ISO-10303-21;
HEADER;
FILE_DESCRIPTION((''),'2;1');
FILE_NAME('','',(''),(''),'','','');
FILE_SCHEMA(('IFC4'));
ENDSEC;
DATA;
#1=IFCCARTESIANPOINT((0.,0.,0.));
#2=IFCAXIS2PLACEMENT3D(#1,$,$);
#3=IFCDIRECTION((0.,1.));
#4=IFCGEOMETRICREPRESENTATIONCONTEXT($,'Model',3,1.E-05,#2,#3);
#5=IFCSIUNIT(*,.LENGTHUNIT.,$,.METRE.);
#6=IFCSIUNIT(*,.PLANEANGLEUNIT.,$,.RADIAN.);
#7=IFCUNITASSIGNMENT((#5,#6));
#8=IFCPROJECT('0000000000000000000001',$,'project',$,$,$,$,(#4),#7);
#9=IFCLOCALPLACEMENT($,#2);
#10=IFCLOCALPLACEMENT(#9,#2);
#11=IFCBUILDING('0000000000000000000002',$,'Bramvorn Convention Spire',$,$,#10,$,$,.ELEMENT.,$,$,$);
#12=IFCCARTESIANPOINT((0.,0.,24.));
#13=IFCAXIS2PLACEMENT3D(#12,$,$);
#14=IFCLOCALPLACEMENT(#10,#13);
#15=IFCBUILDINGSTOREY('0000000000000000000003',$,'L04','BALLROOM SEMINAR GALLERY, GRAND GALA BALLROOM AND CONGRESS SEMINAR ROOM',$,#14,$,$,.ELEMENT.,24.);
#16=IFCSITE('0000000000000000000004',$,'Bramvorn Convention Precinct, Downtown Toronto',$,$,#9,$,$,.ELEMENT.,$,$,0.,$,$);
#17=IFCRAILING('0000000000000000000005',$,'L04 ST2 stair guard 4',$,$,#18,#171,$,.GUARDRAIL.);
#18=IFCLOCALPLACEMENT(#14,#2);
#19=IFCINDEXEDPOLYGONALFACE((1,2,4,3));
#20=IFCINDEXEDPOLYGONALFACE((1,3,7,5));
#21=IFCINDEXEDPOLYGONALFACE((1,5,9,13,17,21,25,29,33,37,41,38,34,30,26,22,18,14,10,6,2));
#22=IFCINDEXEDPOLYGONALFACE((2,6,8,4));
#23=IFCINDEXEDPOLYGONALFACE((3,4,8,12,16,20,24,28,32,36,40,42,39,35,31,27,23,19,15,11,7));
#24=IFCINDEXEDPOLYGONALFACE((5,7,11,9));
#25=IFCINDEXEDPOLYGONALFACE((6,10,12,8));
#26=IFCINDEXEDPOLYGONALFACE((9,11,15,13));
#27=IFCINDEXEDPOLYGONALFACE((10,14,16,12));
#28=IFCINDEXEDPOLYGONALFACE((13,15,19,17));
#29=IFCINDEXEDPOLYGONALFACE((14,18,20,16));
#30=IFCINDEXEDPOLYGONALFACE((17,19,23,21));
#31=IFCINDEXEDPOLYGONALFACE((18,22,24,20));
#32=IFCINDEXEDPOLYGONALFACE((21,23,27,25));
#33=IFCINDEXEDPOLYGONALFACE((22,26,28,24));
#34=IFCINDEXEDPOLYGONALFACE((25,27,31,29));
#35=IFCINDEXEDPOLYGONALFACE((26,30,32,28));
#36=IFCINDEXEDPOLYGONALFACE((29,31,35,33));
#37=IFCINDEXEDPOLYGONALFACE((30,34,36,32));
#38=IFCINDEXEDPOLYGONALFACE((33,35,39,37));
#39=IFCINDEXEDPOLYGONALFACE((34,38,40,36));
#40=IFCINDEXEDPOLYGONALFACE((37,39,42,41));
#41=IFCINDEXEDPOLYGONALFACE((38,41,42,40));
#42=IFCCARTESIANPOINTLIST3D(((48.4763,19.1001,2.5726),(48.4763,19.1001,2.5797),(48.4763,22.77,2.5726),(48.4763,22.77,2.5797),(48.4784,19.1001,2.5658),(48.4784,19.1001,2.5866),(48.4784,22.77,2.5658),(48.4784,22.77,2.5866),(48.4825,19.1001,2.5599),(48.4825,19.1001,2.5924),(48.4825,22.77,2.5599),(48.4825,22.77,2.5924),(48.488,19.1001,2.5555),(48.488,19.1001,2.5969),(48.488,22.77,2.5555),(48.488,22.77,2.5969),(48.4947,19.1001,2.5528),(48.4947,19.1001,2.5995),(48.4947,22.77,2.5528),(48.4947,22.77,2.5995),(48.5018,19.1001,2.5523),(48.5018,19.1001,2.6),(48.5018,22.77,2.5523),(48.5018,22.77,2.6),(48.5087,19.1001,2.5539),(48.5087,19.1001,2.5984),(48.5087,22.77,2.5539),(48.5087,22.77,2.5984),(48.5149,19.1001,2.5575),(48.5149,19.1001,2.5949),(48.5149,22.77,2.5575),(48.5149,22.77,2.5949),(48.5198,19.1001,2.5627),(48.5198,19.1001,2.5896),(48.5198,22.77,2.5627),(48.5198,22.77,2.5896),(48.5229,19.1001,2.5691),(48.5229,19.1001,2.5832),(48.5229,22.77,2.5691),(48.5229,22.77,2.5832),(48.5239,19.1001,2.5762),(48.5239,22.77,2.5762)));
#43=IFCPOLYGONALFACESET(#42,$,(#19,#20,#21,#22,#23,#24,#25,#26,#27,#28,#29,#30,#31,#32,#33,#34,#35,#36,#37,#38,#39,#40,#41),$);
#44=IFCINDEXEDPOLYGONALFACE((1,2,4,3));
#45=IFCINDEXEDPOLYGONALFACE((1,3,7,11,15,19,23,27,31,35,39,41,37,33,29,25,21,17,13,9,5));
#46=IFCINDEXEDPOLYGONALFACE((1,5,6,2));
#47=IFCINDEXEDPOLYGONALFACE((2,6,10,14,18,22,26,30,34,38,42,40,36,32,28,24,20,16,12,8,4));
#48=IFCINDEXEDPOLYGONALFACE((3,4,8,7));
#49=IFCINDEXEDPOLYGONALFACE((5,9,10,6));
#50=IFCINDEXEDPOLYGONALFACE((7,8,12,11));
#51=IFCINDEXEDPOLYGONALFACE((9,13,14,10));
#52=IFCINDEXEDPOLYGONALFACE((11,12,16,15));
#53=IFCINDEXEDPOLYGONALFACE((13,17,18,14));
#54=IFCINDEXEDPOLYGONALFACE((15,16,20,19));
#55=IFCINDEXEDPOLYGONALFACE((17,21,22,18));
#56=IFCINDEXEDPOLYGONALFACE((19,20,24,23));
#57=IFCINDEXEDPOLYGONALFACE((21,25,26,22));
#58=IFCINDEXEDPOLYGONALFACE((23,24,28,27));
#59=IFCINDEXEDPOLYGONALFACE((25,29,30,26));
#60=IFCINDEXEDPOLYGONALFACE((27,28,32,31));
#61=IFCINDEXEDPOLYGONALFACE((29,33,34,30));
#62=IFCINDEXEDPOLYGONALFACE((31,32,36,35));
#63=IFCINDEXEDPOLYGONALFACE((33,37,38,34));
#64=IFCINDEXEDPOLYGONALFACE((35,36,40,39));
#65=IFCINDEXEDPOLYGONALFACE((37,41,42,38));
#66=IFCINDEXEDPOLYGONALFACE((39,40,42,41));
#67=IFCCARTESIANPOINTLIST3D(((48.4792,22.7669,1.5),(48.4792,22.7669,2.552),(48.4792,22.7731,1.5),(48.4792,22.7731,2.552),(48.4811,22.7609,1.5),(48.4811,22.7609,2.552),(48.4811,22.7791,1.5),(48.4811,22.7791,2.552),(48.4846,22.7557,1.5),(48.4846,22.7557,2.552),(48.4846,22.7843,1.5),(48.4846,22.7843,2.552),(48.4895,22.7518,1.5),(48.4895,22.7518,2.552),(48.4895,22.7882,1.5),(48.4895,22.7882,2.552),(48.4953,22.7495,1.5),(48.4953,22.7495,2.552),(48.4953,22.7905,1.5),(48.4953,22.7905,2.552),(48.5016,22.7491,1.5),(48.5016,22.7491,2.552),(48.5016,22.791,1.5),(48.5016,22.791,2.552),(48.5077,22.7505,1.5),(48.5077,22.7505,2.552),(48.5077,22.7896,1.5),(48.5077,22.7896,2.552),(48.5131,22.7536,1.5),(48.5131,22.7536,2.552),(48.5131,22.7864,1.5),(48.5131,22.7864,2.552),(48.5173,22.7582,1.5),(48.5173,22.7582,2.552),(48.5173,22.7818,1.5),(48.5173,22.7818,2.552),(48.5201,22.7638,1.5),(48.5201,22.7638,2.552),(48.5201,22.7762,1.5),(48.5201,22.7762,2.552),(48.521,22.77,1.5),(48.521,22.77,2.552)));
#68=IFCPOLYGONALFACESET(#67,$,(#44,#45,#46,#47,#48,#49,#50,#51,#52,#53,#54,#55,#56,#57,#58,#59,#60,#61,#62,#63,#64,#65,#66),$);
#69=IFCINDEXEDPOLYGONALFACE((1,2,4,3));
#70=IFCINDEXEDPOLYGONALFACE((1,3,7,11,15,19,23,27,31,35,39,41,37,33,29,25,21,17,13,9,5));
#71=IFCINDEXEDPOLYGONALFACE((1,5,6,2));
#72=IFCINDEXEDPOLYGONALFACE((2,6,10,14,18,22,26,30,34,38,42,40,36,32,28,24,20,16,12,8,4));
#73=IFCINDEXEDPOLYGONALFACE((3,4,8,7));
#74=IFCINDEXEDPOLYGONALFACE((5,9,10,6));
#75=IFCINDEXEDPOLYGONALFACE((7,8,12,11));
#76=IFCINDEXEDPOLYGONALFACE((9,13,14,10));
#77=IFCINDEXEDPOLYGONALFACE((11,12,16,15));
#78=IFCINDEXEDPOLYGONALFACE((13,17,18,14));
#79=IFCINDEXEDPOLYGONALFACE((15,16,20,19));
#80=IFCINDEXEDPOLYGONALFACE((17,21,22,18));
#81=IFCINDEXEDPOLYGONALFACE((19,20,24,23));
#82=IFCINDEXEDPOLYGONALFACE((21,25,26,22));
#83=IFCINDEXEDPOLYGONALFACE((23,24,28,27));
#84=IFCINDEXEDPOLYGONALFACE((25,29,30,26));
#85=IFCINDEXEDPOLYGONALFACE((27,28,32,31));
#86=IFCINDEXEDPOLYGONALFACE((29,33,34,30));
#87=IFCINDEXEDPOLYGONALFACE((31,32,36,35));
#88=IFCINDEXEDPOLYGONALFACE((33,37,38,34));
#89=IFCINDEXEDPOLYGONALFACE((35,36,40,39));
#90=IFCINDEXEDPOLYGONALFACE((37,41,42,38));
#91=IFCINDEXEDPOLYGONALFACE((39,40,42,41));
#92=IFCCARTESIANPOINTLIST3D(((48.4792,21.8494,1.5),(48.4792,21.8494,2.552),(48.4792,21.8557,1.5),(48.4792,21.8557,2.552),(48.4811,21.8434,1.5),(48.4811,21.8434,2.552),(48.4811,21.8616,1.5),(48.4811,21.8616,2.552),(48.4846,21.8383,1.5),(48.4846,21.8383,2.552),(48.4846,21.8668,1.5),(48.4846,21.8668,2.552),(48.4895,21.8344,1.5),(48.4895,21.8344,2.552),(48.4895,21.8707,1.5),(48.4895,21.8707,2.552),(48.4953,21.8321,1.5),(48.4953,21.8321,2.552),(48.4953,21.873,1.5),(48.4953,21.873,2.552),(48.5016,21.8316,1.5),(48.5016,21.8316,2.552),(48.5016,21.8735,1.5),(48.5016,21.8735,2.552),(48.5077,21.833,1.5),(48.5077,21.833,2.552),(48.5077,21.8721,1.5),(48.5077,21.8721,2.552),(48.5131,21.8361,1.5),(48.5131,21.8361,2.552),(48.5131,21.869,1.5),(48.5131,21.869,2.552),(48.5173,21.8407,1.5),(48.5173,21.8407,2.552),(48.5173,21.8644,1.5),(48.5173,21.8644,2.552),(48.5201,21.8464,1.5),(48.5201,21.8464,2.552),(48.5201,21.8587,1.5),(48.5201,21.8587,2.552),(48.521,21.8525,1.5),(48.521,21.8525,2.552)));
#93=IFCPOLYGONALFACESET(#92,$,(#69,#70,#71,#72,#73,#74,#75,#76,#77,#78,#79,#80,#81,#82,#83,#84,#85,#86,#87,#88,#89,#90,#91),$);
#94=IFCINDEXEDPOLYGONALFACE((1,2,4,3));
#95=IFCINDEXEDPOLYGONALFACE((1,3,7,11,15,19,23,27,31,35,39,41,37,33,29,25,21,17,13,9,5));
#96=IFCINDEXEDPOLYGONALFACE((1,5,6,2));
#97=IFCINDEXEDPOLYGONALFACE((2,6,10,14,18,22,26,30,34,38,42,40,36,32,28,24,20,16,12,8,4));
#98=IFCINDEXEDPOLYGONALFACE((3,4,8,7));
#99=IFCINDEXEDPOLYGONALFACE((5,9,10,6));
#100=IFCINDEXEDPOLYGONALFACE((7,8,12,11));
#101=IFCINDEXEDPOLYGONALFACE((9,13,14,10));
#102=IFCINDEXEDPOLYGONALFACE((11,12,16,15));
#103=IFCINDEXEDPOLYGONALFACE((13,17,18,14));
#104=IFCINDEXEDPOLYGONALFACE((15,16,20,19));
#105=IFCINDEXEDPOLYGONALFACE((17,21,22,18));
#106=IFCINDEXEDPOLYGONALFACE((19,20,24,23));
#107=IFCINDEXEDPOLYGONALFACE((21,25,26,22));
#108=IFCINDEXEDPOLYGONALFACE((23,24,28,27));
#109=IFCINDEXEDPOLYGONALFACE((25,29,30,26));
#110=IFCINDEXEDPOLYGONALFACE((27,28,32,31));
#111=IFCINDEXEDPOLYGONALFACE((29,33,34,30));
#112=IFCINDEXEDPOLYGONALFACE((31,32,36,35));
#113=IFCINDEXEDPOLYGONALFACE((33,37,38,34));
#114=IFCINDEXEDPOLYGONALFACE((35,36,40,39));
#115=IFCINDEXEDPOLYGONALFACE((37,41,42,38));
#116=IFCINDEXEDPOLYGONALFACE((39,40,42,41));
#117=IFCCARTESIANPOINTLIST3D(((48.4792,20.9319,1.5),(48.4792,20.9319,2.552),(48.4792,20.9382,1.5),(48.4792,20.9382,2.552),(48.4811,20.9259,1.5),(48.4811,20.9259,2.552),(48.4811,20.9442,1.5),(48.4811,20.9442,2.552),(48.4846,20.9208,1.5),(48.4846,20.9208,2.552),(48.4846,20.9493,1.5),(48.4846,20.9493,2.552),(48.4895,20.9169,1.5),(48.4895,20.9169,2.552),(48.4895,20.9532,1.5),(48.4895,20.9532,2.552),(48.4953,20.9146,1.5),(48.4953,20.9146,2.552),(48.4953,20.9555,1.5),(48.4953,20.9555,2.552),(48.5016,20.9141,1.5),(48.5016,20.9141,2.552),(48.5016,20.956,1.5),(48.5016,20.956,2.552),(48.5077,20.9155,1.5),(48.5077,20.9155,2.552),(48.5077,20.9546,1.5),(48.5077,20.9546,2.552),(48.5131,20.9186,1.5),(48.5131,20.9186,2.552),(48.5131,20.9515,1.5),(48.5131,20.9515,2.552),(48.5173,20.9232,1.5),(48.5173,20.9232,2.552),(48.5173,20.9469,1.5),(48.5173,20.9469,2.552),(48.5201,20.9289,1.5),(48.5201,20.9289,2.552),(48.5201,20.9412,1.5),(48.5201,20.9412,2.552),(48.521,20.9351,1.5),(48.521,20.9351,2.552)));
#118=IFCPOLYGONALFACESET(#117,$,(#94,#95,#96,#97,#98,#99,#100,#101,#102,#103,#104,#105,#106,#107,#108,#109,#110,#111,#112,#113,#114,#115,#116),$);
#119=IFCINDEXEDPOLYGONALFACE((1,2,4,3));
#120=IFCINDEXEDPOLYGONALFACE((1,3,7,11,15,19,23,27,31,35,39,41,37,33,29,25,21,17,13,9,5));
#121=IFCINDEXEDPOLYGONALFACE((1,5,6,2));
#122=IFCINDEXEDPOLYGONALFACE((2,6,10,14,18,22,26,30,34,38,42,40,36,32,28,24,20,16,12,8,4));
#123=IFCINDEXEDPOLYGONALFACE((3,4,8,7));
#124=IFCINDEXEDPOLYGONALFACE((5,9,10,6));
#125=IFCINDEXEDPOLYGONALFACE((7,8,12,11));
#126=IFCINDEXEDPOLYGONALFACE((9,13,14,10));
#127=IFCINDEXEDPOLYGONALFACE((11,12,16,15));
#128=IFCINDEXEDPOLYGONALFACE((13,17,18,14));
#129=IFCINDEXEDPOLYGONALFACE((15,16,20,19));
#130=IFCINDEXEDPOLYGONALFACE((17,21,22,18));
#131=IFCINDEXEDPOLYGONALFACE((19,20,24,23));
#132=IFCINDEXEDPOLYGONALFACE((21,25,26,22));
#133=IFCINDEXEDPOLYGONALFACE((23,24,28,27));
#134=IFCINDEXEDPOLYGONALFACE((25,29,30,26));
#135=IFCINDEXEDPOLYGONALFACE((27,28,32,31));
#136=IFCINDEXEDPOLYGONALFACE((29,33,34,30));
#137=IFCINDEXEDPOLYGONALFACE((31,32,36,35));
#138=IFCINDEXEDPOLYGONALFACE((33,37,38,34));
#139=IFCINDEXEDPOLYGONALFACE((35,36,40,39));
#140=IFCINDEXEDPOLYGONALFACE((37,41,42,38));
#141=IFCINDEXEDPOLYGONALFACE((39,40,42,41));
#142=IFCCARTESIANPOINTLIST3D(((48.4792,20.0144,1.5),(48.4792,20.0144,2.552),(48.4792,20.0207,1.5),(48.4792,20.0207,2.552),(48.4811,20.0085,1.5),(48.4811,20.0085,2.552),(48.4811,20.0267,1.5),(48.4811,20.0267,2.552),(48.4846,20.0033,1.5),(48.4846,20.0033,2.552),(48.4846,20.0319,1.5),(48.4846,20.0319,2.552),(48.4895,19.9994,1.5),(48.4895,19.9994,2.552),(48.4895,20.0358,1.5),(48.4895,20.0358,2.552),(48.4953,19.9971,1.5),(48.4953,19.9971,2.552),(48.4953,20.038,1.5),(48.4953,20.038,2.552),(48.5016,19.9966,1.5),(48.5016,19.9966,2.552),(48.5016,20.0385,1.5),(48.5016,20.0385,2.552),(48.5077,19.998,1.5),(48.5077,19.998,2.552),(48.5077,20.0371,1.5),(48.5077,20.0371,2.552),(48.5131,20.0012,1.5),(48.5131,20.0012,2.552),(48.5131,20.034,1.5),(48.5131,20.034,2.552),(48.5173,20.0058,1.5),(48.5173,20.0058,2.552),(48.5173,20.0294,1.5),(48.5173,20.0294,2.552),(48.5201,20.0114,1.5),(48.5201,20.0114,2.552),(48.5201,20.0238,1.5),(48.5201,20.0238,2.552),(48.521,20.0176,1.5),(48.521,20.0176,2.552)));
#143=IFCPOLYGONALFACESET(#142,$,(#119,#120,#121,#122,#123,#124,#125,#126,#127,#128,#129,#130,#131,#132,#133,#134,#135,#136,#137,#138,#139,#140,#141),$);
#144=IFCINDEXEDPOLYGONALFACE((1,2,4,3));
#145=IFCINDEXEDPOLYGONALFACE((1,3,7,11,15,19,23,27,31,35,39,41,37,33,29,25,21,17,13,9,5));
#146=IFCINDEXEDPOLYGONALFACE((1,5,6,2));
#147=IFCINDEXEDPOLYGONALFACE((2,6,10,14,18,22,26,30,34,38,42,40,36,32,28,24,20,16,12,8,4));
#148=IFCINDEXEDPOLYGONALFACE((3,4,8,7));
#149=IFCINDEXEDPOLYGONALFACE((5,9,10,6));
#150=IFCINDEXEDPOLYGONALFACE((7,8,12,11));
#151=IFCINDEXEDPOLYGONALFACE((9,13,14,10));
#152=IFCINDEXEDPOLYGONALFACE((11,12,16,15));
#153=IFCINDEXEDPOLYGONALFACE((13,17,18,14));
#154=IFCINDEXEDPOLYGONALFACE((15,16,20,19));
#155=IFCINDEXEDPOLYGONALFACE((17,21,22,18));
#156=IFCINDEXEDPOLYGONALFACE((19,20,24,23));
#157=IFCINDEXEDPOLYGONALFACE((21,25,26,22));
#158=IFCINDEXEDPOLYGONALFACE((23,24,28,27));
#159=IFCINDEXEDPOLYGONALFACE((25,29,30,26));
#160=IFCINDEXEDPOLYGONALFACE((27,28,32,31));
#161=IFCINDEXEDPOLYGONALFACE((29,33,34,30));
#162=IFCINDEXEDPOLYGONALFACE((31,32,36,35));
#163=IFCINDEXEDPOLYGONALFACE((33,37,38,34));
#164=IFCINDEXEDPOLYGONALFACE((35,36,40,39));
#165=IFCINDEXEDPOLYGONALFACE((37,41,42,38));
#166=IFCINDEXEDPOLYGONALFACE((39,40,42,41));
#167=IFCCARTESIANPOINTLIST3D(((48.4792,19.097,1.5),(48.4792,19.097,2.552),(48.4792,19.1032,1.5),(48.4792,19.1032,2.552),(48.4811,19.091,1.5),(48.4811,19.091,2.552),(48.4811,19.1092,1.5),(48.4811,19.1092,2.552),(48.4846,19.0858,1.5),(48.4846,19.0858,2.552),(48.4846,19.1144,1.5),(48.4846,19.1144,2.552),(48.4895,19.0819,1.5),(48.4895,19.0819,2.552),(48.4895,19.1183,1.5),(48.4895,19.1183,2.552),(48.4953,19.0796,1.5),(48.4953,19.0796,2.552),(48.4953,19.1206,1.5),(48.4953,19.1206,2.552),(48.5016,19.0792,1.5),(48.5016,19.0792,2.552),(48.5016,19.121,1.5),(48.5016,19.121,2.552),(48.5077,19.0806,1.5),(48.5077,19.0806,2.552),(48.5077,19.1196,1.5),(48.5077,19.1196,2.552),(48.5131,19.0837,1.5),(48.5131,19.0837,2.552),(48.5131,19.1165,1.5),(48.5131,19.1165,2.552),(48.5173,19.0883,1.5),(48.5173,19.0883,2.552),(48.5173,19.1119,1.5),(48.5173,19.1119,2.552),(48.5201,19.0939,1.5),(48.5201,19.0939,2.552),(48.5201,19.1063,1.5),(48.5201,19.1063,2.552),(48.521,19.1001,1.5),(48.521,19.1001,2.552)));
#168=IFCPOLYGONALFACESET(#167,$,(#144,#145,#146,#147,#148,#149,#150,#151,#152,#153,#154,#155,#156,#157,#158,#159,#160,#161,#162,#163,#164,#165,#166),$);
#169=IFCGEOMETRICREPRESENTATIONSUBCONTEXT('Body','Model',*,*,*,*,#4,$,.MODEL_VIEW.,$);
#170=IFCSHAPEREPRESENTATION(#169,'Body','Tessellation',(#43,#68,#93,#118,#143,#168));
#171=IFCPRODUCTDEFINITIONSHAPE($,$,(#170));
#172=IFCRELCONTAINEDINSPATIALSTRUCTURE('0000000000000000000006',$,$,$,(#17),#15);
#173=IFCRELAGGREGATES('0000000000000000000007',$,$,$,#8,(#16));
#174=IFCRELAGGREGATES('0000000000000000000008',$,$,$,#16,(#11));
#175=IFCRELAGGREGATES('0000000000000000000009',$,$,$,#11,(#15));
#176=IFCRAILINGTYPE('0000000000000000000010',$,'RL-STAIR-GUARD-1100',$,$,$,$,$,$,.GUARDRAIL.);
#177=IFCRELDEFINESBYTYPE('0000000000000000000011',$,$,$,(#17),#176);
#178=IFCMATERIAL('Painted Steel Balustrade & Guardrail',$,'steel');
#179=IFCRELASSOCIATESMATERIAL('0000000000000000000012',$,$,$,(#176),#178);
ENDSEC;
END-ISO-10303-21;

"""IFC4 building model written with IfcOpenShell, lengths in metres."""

from ifc_helpers import new_model, si_unit, direction, frame, origin, origin_2d, place, context, subcontext, project, spatial, circle, extrude, material, type_object, element, save


model = new_model("IFC4")

# Units and contexts
model_context = context("Model", 3, precision=1e-05, world=origin(), true_north=direction((0.0, 1.0)))
body_context = subcontext(model_context, "Body", "Model", "MODEL_VIEW")
ifc_project = project(units=[si_unit("LENGTHUNIT", "METRE"), si_unit("PLANEANGLEUNIT", "RADIAN")], contexts=[model_context])

# Site, building, storey
site_placement = place(None, origin())
site = spatial("IfcSite", under=ifc_project, at=site_placement, Name="Bramvorn Convention Precinct, Downtown Toronto", CompositionType="ELEMENT", RefElevation=0.0)
building_placement = place(site_placement, origin())
building = spatial("IfcBuilding", under=site, at=building_placement, Name="Bramvorn Convention Spire", CompositionType="ELEMENT")
storey_placement = place(building_placement, frame((0.0, 0.0, 24.0)))
storey = spatial("IfcBuildingStorey", under=building, at=storey_placement, Name="L04", Description="BALLROOM SEMINAR GALLERY, GRAND GALA BALLROOM AND CONGRESS SEMINAR ROOM", CompositionType="ELEMENT", Elevation=24.0)

# Railing
ifc_material_1 = material(Name="Painted Steel Balustrade & Guardrail", Category="steel")
railing_type_1 = type_object("IfcRailingType", Name="RL-STAIR-GUARD-1100", PredefinedType="GUARDRAIL", material=ifc_material_1)
for number, where, name in (
    (1, (48.5, 22.77, 1.5), "L04 ST2 stair guard 4"),
):
    element("IfcRailing", number, at=place(storey_placement, frame(where)), inside=storey, type_object=railing_type_1, Name=name, PredefinedType="GUARDRAIL", context=body_context, shape_type="SweptSolid", body=[
        extrude(circle(Radius=0.0239, at=origin_2d()), frame((0.0, 0.0, 1.0762), z_axis=(0.0, -1.0, 0.0), x_axis=(1.0, 0.0, 0.0)), (0.0, 0.0, 1.0), 3.6699),
        extrude(circle(Radius=0.021, at=origin_2d()), origin(), (0.0, 0.0, 1.0), 1.052),
        extrude(circle(Radius=0.021, at=origin_2d()), frame((0.0, -0.9175, 0.0)), (0.0, 0.0, 1.0), 1.052),
        extrude(circle(Radius=0.021, at=origin_2d()), frame((0.0, -1.835, 0.0)), (0.0, 0.0, 1.0), 1.052),
        extrude(circle(Radius=0.021, at=origin_2d()), frame((0.0, -2.7524, 0.0)), (0.0, 0.0, 1.0), 1.052),
        extrude(circle(Radius=0.021, at=origin_2d()), frame((0.0, -3.6699, 0.0)), (0.0, 0.0, 1.0), 1.052),
    ])

save(model, "model.ifc")
